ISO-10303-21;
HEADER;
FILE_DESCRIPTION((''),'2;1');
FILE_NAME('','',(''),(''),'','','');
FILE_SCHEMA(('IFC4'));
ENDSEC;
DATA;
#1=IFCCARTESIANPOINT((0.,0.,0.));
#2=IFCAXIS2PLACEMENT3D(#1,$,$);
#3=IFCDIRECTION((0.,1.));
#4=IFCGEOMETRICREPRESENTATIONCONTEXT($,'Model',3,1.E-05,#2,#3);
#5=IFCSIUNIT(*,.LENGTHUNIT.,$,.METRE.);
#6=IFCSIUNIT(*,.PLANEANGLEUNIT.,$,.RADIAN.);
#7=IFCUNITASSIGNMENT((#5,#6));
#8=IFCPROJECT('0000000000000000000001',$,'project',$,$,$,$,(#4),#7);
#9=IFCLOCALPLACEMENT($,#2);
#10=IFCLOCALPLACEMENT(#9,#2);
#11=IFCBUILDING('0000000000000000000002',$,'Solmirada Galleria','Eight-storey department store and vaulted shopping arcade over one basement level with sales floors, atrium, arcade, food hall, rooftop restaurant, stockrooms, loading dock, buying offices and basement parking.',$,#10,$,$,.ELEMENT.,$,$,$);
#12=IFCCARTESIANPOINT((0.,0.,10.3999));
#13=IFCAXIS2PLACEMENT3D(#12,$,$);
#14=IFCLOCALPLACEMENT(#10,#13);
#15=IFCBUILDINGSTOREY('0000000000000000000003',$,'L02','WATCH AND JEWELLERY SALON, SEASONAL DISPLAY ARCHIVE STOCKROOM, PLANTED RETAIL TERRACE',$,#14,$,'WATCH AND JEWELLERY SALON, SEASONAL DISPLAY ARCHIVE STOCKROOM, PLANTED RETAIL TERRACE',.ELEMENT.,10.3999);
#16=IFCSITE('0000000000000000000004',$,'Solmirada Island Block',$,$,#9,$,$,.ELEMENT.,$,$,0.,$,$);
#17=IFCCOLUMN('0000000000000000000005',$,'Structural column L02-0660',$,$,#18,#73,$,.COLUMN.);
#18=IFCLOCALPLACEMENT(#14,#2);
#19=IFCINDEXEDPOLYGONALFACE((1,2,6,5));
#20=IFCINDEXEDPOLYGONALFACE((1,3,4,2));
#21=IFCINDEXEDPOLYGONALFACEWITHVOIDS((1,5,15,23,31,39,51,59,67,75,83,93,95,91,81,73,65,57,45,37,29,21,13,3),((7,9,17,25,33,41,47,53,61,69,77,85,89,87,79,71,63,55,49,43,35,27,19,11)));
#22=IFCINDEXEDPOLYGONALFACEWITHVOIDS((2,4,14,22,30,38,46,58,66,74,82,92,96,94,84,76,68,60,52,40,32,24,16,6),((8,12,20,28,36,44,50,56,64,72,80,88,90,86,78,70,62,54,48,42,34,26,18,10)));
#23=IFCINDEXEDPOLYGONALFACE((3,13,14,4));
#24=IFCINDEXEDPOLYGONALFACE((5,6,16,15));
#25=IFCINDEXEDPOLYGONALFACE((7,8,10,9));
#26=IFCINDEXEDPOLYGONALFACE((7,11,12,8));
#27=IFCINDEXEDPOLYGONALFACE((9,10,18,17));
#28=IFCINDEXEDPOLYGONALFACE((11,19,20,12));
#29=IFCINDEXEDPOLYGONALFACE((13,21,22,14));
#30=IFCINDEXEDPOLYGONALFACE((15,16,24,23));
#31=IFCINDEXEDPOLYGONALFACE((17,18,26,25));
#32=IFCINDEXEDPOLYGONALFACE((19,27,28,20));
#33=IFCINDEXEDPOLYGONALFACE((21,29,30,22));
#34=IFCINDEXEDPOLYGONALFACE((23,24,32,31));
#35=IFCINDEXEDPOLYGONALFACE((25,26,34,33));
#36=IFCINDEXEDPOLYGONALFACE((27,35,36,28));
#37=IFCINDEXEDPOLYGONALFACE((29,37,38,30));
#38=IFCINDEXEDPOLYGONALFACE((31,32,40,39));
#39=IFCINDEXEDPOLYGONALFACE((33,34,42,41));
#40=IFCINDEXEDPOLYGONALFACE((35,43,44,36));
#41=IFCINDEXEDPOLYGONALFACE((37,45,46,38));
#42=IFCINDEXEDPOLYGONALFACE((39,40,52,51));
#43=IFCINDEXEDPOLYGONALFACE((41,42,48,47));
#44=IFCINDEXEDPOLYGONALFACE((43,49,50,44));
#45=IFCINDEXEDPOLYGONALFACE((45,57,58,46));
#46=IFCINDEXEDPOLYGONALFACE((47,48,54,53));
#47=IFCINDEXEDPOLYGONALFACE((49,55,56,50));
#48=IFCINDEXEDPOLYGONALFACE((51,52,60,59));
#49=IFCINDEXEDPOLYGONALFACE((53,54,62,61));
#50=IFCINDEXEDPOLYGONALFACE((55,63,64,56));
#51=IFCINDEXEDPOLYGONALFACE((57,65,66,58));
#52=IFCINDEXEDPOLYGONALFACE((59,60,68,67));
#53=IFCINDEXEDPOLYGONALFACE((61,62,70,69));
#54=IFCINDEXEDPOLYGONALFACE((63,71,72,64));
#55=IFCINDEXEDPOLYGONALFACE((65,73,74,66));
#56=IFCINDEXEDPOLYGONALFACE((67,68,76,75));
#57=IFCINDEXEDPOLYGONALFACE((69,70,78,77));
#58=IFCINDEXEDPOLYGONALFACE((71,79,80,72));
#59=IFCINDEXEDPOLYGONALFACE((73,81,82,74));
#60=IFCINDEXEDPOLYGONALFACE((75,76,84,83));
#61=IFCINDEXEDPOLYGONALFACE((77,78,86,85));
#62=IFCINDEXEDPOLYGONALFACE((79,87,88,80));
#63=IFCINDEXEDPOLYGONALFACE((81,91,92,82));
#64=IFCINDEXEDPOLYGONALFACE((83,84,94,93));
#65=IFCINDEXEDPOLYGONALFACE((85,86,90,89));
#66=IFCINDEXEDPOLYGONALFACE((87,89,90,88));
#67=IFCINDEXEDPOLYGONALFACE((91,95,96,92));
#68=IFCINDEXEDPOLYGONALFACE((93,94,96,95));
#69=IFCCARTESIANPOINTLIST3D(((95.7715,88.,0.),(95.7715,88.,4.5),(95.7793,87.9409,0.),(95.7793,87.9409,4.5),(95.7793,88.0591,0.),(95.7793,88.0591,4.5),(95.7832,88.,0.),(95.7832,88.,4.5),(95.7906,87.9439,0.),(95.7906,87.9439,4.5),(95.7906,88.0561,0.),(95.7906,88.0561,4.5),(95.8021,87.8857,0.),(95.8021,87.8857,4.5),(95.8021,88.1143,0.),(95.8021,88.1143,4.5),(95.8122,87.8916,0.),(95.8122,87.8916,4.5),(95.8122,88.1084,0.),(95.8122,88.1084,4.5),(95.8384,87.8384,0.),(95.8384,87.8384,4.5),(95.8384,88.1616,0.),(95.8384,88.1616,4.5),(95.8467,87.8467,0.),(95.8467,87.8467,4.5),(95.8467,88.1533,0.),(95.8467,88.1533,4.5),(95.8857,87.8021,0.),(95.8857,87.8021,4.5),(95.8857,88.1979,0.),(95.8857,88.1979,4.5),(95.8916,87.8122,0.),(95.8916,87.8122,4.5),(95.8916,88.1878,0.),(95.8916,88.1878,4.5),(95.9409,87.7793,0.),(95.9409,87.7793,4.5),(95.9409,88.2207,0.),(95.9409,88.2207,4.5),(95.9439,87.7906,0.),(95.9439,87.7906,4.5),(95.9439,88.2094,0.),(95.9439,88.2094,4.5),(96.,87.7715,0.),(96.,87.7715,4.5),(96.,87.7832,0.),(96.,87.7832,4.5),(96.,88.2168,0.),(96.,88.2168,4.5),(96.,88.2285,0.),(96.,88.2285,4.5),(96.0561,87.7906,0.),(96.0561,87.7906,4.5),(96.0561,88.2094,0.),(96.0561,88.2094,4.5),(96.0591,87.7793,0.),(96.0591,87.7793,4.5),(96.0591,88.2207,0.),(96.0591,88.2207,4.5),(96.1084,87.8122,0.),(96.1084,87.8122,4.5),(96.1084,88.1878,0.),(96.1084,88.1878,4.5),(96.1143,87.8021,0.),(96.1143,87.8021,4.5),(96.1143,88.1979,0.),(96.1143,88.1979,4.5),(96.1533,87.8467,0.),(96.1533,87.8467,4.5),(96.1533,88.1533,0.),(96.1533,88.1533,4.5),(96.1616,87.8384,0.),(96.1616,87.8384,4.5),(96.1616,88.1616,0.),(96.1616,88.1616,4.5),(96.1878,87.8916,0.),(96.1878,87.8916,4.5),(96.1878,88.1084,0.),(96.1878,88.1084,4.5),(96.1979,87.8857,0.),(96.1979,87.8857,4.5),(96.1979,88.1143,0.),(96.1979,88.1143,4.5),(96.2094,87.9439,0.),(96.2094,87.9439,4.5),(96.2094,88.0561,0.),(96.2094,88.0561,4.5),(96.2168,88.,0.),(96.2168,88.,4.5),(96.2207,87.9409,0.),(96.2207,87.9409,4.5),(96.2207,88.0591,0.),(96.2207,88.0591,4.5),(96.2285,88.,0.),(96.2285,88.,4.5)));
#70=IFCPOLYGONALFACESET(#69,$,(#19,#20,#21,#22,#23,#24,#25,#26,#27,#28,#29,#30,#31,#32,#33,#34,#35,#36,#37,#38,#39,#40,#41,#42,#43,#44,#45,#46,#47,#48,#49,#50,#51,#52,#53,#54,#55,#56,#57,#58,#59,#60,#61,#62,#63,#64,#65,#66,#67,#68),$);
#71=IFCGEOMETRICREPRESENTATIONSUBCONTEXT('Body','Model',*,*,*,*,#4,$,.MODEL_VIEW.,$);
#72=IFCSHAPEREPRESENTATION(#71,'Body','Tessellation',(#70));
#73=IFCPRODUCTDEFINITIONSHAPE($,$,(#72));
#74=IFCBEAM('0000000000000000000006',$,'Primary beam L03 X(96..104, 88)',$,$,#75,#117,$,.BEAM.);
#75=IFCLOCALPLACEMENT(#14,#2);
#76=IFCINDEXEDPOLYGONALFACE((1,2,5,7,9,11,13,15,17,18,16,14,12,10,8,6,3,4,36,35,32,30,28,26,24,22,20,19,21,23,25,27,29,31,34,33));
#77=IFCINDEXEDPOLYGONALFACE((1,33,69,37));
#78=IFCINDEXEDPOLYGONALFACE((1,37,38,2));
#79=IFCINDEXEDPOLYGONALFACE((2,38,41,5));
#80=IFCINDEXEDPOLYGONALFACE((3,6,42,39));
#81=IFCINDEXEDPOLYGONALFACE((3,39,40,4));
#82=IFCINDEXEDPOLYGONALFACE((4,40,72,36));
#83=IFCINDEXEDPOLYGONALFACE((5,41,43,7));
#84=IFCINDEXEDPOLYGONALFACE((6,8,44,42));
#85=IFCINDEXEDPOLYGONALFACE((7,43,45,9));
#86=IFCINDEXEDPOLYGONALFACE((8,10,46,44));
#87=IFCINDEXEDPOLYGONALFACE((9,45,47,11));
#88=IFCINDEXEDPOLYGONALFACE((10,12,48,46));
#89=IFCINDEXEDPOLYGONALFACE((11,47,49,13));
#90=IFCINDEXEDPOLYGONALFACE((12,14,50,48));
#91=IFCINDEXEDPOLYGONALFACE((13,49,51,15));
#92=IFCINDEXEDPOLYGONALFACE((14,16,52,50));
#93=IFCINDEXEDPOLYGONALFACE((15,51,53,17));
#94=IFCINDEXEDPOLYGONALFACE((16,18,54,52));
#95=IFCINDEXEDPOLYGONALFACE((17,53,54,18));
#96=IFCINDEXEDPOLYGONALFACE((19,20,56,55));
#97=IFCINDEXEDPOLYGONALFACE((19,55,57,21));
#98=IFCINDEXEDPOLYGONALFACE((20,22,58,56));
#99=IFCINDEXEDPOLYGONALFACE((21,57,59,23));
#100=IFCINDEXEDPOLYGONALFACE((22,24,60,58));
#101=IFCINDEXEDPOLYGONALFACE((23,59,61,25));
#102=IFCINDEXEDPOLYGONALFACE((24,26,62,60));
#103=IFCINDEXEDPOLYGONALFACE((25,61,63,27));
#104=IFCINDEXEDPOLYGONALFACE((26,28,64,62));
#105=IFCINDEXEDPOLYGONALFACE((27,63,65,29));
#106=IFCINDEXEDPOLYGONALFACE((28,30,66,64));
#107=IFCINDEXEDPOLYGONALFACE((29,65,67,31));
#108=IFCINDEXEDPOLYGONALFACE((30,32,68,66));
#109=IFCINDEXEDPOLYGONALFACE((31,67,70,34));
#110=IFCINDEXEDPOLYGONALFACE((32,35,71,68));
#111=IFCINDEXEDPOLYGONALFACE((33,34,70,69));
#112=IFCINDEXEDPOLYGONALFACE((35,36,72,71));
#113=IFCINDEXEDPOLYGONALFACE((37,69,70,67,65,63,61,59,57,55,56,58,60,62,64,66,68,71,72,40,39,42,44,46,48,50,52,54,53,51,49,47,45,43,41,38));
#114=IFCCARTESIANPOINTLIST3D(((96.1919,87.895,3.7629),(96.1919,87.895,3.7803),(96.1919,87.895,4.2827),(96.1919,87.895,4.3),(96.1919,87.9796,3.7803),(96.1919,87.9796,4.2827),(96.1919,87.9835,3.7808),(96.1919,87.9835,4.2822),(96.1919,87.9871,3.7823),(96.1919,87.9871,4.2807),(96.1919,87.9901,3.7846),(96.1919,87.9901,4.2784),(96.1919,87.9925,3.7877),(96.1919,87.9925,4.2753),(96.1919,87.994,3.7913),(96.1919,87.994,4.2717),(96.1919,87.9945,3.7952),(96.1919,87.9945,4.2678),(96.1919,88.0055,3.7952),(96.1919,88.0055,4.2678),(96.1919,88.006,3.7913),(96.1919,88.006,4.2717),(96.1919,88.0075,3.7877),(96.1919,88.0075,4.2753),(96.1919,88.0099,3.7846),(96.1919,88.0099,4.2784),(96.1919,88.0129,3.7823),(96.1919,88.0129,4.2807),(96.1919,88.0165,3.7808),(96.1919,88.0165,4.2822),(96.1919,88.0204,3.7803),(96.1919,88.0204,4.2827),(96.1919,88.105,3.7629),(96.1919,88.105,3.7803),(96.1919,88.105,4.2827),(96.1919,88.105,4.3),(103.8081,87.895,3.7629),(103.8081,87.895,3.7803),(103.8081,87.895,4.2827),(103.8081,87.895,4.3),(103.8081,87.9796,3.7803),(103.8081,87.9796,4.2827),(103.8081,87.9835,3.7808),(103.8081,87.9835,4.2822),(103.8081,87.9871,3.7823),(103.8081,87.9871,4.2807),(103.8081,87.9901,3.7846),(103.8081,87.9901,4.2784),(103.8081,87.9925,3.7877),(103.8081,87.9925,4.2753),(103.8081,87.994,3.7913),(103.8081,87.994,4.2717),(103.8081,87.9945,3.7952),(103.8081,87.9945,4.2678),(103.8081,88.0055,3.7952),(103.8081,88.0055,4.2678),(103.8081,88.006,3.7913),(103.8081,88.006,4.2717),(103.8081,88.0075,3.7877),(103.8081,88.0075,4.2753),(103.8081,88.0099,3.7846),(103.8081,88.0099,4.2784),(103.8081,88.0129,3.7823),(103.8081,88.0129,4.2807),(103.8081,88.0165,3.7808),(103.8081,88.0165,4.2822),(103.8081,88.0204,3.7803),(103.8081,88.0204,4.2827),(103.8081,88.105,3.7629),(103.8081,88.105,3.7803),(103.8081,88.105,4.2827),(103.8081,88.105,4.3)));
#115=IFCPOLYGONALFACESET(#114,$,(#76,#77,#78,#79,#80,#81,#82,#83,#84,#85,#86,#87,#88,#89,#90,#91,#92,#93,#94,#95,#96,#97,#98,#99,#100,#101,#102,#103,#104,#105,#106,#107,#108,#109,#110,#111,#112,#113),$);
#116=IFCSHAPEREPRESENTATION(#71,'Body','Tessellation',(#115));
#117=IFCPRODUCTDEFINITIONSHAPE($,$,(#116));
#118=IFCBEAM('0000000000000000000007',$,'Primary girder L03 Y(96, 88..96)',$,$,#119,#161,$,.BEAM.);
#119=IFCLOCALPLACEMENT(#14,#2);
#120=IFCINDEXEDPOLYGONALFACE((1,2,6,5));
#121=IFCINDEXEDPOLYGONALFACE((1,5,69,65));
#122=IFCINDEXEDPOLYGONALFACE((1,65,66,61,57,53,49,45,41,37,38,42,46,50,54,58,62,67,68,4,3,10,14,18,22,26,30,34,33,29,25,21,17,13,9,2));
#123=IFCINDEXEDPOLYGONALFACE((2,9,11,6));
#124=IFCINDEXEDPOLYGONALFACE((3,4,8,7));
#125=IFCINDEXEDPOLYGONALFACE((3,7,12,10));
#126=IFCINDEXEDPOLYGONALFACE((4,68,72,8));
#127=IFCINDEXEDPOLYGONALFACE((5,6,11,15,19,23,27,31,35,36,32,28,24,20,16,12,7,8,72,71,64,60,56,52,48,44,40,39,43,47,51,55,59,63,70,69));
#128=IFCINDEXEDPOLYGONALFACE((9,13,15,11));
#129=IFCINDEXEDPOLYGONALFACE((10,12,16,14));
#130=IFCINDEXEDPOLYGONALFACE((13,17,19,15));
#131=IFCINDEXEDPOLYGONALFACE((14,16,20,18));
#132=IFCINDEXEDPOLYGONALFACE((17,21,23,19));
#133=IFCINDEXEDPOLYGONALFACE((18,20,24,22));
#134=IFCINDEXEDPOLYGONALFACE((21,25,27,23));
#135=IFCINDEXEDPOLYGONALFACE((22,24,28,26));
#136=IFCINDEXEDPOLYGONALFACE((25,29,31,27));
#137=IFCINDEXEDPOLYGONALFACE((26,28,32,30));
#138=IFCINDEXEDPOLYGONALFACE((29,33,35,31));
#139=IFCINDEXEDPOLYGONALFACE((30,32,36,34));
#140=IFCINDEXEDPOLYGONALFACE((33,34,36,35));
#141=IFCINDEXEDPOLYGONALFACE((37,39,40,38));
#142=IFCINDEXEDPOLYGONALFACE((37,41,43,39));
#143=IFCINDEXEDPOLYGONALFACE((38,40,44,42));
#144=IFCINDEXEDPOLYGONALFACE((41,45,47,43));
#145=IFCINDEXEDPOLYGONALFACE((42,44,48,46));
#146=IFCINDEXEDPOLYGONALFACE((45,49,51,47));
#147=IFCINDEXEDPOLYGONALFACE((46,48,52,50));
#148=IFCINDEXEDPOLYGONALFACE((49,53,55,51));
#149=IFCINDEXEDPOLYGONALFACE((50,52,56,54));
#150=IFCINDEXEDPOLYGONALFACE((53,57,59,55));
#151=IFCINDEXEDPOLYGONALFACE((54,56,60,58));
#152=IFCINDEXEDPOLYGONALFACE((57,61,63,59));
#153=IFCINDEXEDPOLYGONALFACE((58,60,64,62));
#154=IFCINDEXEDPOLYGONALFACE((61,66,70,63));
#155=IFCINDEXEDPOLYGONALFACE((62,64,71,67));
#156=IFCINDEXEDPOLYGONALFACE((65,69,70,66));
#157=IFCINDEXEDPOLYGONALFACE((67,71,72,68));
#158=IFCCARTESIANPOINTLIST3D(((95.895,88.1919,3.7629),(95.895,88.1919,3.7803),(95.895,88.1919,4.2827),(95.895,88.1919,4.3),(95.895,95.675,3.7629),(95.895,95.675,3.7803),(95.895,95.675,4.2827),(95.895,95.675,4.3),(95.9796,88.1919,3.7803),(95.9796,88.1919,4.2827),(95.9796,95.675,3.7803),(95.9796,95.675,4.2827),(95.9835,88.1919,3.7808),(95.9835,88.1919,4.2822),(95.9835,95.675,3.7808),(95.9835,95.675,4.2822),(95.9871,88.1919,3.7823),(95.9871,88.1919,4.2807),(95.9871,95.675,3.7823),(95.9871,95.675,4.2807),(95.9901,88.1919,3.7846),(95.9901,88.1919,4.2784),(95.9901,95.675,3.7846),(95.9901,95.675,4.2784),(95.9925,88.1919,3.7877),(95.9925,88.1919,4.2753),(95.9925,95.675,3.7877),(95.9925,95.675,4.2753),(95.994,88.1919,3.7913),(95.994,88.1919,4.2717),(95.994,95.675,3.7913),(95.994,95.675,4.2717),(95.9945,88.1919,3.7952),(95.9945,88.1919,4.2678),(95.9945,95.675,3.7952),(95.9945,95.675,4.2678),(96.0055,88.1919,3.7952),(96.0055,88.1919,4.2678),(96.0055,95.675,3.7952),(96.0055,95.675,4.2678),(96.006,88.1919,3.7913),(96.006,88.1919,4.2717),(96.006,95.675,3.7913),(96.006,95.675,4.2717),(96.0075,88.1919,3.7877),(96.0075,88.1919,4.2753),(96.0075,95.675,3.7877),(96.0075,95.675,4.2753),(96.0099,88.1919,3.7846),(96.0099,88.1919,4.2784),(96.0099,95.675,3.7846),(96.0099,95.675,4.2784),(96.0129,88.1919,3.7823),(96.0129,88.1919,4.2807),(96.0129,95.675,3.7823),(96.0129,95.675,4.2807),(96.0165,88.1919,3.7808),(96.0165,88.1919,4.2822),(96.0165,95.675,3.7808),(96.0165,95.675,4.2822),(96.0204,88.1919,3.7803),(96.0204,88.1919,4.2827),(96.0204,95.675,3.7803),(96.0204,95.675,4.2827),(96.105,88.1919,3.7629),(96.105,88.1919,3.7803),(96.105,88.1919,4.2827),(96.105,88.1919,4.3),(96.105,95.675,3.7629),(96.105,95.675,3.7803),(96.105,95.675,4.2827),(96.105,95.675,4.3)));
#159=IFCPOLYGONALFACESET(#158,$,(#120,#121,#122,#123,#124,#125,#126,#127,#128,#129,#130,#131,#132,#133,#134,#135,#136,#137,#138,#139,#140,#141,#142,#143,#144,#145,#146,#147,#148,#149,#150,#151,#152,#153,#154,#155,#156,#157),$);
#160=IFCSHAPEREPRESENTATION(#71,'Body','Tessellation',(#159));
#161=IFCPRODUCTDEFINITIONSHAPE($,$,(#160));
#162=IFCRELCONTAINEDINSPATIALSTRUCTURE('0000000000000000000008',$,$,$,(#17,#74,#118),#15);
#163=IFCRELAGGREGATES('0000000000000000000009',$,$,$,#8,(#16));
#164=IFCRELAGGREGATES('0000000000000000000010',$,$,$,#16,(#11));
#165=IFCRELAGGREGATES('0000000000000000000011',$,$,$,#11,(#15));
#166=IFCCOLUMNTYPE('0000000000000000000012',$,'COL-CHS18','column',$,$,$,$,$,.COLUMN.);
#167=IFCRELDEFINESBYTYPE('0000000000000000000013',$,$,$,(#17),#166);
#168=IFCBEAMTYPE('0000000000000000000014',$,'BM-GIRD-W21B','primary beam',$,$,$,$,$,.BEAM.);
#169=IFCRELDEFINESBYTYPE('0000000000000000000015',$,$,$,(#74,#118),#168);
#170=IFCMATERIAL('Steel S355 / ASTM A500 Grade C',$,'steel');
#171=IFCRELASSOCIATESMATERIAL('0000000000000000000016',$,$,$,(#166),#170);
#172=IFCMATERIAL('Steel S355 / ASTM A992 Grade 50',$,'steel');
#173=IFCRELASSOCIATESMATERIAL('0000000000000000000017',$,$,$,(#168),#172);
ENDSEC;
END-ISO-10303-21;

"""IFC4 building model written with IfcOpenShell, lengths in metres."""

from ifc_helpers import new_model, si_unit, direction, frame, origin, origin_2d, place, context, subcontext, project, spatial, hollow_circle, i_section, extrude, material, material_profile, profile_set, type_object, element, save


model = new_model("IFC4")

# Units and contexts
model_context = context("Model", 3, precision=1e-05, world=origin(), true_north=direction((0.0, 1.0)))
body_context = subcontext(model_context, "Body", "Model", "MODEL_VIEW")
ifc_project = project(units=[si_unit("LENGTHUNIT", "METRE"), si_unit("PLANEANGLEUNIT", "RADIAN")], contexts=[model_context])

# Site, building, storey
site_placement = place(None, origin())
site = spatial("IfcSite", under=ifc_project, at=site_placement, Name="Solmirada Island Block", CompositionType="ELEMENT", RefElevation=0.0)
building_placement = place(site_placement, origin())
building = spatial("IfcBuilding", under=site, at=building_placement, Name="Solmirada Galleria", Description="Eight-storey department store and vaulted shopping arcade over one basement level with sales floors, atrium, arcade, food hall, rooftop restaurant, stockrooms, loading dock, buying offices and basement parking.", CompositionType="ELEMENT")
storey_placement = place(building_placement, frame((0.0, 0.0, 10.3999)))
storey = spatial("IfcBuildingStorey", under=building, at=storey_placement, Name="L02", Description="WATCH AND JEWELLERY SALON, SEASONAL DISPLAY ARCHIVE STOCKROOM, PLANTED RETAIL TERRACE", LongName="WATCH AND JEWELLERY SALON, SEASONAL DISPLAY ARCHIVE STOCKROOM, PLANTED RETAIL TERRACE", CompositionType="ELEMENT", Elevation=10.3999)

# Column
ifc_material_1 = material(Name="Steel S355 / ASTM A500 Grade C", Category="steel")
ifc_material_profile_1 = material_profile(ifc_material_1, hollow_circle(Radius=0.2285, WallThickness=0.0117, at=origin_2d()), Name="HSS18.000X0.500")
ifc_profile_set_1 = profile_set([ifc_material_profile_1], Name="Steel S355 / ASTM A500 Grade C")
column_type = type_object("IfcColumnType", Name="COL-CHS18", Description="column", PredefinedType="COLUMN", material=ifc_profile_set_1)
column_placement = place(storey_placement, frame((96.0, 88.0, 0.0), z_axis=(0.0, 0.0, 1.0), x_axis=(1.0, 0.0, 0.0)))
element("IfcColumn", 1, at=column_placement, inside=storey, type_object=column_type, Name="Structural column L02-0660", PredefinedType="COLUMN", context=body_context, shape_type="SweptSolid", body=[
    extrude(hollow_circle(Radius=0.2285, WallThickness=0.0117, at=origin_2d()), origin(), (0.0, 0.0, 1.0), 4.5),
])

# Beams
ifc_material_2 = material(Name="Steel S355 / ASTM A992 Grade 50", Category="steel")
ifc_material_profile_2 = material_profile(ifc_material_2, i_section(OverallWidth=0.21, OverallDepth=0.5371, WebThickness=0.011, FlangeThickness=0.0173, FilletRadius=0.0149, at=origin_2d()), Name="W21X68")
ifc_profile_set_2 = profile_set([ifc_material_profile_2], Name="Steel S355 / ASTM A992 Grade 50")
beam_type_1 = type_object("IfcBeamType", Name="BM-GIRD-W21B", Description="primary beam", PredefinedType="BEAM", material=ifc_profile_set_2)
beam_1_placement = place(storey_placement, frame((96.1919, 88.0, 4.0315), z_axis=(1.0, 0.0, 0.0), x_axis=(0.0, 1.0, 0.0)))
element("IfcBeam", 2, at=beam_1_placement, inside=storey, type_object=beam_type_1, Name="Primary beam L03 X(96..104, 88)", PredefinedType="BEAM", context=body_context, shape_type="SweptSolid", body=[
    extrude(i_section(OverallWidth=0.21, OverallDepth=0.5371, WebThickness=0.011, FlangeThickness=0.0173, FilletRadius=0.0149, at=origin_2d()), origin(), (0.0, 0.0, 1.0), 7.6162),
])
beam_2_placement = place(storey_placement, frame((96.0, 88.1919, 4.0315), z_axis=(0.0, 1.0, 0.0), x_axis=(-1.0, 0.0, 0.0)))
element("IfcBeam", 3, at=beam_2_placement, inside=storey, type_object=beam_type_1, Name="Primary girder L03 Y(96, 88..96)", PredefinedType="BEAM", context=body_context, shape_type="SweptSolid", body=[
    extrude(i_section(OverallWidth=0.21, OverallDepth=0.5371, WebThickness=0.011, FlangeThickness=0.0173, FilletRadius=0.0149, at=origin_2d()), origin(), (0.0, 0.0, 1.0), 7.4832),
])

save(model, "model.ifc")
